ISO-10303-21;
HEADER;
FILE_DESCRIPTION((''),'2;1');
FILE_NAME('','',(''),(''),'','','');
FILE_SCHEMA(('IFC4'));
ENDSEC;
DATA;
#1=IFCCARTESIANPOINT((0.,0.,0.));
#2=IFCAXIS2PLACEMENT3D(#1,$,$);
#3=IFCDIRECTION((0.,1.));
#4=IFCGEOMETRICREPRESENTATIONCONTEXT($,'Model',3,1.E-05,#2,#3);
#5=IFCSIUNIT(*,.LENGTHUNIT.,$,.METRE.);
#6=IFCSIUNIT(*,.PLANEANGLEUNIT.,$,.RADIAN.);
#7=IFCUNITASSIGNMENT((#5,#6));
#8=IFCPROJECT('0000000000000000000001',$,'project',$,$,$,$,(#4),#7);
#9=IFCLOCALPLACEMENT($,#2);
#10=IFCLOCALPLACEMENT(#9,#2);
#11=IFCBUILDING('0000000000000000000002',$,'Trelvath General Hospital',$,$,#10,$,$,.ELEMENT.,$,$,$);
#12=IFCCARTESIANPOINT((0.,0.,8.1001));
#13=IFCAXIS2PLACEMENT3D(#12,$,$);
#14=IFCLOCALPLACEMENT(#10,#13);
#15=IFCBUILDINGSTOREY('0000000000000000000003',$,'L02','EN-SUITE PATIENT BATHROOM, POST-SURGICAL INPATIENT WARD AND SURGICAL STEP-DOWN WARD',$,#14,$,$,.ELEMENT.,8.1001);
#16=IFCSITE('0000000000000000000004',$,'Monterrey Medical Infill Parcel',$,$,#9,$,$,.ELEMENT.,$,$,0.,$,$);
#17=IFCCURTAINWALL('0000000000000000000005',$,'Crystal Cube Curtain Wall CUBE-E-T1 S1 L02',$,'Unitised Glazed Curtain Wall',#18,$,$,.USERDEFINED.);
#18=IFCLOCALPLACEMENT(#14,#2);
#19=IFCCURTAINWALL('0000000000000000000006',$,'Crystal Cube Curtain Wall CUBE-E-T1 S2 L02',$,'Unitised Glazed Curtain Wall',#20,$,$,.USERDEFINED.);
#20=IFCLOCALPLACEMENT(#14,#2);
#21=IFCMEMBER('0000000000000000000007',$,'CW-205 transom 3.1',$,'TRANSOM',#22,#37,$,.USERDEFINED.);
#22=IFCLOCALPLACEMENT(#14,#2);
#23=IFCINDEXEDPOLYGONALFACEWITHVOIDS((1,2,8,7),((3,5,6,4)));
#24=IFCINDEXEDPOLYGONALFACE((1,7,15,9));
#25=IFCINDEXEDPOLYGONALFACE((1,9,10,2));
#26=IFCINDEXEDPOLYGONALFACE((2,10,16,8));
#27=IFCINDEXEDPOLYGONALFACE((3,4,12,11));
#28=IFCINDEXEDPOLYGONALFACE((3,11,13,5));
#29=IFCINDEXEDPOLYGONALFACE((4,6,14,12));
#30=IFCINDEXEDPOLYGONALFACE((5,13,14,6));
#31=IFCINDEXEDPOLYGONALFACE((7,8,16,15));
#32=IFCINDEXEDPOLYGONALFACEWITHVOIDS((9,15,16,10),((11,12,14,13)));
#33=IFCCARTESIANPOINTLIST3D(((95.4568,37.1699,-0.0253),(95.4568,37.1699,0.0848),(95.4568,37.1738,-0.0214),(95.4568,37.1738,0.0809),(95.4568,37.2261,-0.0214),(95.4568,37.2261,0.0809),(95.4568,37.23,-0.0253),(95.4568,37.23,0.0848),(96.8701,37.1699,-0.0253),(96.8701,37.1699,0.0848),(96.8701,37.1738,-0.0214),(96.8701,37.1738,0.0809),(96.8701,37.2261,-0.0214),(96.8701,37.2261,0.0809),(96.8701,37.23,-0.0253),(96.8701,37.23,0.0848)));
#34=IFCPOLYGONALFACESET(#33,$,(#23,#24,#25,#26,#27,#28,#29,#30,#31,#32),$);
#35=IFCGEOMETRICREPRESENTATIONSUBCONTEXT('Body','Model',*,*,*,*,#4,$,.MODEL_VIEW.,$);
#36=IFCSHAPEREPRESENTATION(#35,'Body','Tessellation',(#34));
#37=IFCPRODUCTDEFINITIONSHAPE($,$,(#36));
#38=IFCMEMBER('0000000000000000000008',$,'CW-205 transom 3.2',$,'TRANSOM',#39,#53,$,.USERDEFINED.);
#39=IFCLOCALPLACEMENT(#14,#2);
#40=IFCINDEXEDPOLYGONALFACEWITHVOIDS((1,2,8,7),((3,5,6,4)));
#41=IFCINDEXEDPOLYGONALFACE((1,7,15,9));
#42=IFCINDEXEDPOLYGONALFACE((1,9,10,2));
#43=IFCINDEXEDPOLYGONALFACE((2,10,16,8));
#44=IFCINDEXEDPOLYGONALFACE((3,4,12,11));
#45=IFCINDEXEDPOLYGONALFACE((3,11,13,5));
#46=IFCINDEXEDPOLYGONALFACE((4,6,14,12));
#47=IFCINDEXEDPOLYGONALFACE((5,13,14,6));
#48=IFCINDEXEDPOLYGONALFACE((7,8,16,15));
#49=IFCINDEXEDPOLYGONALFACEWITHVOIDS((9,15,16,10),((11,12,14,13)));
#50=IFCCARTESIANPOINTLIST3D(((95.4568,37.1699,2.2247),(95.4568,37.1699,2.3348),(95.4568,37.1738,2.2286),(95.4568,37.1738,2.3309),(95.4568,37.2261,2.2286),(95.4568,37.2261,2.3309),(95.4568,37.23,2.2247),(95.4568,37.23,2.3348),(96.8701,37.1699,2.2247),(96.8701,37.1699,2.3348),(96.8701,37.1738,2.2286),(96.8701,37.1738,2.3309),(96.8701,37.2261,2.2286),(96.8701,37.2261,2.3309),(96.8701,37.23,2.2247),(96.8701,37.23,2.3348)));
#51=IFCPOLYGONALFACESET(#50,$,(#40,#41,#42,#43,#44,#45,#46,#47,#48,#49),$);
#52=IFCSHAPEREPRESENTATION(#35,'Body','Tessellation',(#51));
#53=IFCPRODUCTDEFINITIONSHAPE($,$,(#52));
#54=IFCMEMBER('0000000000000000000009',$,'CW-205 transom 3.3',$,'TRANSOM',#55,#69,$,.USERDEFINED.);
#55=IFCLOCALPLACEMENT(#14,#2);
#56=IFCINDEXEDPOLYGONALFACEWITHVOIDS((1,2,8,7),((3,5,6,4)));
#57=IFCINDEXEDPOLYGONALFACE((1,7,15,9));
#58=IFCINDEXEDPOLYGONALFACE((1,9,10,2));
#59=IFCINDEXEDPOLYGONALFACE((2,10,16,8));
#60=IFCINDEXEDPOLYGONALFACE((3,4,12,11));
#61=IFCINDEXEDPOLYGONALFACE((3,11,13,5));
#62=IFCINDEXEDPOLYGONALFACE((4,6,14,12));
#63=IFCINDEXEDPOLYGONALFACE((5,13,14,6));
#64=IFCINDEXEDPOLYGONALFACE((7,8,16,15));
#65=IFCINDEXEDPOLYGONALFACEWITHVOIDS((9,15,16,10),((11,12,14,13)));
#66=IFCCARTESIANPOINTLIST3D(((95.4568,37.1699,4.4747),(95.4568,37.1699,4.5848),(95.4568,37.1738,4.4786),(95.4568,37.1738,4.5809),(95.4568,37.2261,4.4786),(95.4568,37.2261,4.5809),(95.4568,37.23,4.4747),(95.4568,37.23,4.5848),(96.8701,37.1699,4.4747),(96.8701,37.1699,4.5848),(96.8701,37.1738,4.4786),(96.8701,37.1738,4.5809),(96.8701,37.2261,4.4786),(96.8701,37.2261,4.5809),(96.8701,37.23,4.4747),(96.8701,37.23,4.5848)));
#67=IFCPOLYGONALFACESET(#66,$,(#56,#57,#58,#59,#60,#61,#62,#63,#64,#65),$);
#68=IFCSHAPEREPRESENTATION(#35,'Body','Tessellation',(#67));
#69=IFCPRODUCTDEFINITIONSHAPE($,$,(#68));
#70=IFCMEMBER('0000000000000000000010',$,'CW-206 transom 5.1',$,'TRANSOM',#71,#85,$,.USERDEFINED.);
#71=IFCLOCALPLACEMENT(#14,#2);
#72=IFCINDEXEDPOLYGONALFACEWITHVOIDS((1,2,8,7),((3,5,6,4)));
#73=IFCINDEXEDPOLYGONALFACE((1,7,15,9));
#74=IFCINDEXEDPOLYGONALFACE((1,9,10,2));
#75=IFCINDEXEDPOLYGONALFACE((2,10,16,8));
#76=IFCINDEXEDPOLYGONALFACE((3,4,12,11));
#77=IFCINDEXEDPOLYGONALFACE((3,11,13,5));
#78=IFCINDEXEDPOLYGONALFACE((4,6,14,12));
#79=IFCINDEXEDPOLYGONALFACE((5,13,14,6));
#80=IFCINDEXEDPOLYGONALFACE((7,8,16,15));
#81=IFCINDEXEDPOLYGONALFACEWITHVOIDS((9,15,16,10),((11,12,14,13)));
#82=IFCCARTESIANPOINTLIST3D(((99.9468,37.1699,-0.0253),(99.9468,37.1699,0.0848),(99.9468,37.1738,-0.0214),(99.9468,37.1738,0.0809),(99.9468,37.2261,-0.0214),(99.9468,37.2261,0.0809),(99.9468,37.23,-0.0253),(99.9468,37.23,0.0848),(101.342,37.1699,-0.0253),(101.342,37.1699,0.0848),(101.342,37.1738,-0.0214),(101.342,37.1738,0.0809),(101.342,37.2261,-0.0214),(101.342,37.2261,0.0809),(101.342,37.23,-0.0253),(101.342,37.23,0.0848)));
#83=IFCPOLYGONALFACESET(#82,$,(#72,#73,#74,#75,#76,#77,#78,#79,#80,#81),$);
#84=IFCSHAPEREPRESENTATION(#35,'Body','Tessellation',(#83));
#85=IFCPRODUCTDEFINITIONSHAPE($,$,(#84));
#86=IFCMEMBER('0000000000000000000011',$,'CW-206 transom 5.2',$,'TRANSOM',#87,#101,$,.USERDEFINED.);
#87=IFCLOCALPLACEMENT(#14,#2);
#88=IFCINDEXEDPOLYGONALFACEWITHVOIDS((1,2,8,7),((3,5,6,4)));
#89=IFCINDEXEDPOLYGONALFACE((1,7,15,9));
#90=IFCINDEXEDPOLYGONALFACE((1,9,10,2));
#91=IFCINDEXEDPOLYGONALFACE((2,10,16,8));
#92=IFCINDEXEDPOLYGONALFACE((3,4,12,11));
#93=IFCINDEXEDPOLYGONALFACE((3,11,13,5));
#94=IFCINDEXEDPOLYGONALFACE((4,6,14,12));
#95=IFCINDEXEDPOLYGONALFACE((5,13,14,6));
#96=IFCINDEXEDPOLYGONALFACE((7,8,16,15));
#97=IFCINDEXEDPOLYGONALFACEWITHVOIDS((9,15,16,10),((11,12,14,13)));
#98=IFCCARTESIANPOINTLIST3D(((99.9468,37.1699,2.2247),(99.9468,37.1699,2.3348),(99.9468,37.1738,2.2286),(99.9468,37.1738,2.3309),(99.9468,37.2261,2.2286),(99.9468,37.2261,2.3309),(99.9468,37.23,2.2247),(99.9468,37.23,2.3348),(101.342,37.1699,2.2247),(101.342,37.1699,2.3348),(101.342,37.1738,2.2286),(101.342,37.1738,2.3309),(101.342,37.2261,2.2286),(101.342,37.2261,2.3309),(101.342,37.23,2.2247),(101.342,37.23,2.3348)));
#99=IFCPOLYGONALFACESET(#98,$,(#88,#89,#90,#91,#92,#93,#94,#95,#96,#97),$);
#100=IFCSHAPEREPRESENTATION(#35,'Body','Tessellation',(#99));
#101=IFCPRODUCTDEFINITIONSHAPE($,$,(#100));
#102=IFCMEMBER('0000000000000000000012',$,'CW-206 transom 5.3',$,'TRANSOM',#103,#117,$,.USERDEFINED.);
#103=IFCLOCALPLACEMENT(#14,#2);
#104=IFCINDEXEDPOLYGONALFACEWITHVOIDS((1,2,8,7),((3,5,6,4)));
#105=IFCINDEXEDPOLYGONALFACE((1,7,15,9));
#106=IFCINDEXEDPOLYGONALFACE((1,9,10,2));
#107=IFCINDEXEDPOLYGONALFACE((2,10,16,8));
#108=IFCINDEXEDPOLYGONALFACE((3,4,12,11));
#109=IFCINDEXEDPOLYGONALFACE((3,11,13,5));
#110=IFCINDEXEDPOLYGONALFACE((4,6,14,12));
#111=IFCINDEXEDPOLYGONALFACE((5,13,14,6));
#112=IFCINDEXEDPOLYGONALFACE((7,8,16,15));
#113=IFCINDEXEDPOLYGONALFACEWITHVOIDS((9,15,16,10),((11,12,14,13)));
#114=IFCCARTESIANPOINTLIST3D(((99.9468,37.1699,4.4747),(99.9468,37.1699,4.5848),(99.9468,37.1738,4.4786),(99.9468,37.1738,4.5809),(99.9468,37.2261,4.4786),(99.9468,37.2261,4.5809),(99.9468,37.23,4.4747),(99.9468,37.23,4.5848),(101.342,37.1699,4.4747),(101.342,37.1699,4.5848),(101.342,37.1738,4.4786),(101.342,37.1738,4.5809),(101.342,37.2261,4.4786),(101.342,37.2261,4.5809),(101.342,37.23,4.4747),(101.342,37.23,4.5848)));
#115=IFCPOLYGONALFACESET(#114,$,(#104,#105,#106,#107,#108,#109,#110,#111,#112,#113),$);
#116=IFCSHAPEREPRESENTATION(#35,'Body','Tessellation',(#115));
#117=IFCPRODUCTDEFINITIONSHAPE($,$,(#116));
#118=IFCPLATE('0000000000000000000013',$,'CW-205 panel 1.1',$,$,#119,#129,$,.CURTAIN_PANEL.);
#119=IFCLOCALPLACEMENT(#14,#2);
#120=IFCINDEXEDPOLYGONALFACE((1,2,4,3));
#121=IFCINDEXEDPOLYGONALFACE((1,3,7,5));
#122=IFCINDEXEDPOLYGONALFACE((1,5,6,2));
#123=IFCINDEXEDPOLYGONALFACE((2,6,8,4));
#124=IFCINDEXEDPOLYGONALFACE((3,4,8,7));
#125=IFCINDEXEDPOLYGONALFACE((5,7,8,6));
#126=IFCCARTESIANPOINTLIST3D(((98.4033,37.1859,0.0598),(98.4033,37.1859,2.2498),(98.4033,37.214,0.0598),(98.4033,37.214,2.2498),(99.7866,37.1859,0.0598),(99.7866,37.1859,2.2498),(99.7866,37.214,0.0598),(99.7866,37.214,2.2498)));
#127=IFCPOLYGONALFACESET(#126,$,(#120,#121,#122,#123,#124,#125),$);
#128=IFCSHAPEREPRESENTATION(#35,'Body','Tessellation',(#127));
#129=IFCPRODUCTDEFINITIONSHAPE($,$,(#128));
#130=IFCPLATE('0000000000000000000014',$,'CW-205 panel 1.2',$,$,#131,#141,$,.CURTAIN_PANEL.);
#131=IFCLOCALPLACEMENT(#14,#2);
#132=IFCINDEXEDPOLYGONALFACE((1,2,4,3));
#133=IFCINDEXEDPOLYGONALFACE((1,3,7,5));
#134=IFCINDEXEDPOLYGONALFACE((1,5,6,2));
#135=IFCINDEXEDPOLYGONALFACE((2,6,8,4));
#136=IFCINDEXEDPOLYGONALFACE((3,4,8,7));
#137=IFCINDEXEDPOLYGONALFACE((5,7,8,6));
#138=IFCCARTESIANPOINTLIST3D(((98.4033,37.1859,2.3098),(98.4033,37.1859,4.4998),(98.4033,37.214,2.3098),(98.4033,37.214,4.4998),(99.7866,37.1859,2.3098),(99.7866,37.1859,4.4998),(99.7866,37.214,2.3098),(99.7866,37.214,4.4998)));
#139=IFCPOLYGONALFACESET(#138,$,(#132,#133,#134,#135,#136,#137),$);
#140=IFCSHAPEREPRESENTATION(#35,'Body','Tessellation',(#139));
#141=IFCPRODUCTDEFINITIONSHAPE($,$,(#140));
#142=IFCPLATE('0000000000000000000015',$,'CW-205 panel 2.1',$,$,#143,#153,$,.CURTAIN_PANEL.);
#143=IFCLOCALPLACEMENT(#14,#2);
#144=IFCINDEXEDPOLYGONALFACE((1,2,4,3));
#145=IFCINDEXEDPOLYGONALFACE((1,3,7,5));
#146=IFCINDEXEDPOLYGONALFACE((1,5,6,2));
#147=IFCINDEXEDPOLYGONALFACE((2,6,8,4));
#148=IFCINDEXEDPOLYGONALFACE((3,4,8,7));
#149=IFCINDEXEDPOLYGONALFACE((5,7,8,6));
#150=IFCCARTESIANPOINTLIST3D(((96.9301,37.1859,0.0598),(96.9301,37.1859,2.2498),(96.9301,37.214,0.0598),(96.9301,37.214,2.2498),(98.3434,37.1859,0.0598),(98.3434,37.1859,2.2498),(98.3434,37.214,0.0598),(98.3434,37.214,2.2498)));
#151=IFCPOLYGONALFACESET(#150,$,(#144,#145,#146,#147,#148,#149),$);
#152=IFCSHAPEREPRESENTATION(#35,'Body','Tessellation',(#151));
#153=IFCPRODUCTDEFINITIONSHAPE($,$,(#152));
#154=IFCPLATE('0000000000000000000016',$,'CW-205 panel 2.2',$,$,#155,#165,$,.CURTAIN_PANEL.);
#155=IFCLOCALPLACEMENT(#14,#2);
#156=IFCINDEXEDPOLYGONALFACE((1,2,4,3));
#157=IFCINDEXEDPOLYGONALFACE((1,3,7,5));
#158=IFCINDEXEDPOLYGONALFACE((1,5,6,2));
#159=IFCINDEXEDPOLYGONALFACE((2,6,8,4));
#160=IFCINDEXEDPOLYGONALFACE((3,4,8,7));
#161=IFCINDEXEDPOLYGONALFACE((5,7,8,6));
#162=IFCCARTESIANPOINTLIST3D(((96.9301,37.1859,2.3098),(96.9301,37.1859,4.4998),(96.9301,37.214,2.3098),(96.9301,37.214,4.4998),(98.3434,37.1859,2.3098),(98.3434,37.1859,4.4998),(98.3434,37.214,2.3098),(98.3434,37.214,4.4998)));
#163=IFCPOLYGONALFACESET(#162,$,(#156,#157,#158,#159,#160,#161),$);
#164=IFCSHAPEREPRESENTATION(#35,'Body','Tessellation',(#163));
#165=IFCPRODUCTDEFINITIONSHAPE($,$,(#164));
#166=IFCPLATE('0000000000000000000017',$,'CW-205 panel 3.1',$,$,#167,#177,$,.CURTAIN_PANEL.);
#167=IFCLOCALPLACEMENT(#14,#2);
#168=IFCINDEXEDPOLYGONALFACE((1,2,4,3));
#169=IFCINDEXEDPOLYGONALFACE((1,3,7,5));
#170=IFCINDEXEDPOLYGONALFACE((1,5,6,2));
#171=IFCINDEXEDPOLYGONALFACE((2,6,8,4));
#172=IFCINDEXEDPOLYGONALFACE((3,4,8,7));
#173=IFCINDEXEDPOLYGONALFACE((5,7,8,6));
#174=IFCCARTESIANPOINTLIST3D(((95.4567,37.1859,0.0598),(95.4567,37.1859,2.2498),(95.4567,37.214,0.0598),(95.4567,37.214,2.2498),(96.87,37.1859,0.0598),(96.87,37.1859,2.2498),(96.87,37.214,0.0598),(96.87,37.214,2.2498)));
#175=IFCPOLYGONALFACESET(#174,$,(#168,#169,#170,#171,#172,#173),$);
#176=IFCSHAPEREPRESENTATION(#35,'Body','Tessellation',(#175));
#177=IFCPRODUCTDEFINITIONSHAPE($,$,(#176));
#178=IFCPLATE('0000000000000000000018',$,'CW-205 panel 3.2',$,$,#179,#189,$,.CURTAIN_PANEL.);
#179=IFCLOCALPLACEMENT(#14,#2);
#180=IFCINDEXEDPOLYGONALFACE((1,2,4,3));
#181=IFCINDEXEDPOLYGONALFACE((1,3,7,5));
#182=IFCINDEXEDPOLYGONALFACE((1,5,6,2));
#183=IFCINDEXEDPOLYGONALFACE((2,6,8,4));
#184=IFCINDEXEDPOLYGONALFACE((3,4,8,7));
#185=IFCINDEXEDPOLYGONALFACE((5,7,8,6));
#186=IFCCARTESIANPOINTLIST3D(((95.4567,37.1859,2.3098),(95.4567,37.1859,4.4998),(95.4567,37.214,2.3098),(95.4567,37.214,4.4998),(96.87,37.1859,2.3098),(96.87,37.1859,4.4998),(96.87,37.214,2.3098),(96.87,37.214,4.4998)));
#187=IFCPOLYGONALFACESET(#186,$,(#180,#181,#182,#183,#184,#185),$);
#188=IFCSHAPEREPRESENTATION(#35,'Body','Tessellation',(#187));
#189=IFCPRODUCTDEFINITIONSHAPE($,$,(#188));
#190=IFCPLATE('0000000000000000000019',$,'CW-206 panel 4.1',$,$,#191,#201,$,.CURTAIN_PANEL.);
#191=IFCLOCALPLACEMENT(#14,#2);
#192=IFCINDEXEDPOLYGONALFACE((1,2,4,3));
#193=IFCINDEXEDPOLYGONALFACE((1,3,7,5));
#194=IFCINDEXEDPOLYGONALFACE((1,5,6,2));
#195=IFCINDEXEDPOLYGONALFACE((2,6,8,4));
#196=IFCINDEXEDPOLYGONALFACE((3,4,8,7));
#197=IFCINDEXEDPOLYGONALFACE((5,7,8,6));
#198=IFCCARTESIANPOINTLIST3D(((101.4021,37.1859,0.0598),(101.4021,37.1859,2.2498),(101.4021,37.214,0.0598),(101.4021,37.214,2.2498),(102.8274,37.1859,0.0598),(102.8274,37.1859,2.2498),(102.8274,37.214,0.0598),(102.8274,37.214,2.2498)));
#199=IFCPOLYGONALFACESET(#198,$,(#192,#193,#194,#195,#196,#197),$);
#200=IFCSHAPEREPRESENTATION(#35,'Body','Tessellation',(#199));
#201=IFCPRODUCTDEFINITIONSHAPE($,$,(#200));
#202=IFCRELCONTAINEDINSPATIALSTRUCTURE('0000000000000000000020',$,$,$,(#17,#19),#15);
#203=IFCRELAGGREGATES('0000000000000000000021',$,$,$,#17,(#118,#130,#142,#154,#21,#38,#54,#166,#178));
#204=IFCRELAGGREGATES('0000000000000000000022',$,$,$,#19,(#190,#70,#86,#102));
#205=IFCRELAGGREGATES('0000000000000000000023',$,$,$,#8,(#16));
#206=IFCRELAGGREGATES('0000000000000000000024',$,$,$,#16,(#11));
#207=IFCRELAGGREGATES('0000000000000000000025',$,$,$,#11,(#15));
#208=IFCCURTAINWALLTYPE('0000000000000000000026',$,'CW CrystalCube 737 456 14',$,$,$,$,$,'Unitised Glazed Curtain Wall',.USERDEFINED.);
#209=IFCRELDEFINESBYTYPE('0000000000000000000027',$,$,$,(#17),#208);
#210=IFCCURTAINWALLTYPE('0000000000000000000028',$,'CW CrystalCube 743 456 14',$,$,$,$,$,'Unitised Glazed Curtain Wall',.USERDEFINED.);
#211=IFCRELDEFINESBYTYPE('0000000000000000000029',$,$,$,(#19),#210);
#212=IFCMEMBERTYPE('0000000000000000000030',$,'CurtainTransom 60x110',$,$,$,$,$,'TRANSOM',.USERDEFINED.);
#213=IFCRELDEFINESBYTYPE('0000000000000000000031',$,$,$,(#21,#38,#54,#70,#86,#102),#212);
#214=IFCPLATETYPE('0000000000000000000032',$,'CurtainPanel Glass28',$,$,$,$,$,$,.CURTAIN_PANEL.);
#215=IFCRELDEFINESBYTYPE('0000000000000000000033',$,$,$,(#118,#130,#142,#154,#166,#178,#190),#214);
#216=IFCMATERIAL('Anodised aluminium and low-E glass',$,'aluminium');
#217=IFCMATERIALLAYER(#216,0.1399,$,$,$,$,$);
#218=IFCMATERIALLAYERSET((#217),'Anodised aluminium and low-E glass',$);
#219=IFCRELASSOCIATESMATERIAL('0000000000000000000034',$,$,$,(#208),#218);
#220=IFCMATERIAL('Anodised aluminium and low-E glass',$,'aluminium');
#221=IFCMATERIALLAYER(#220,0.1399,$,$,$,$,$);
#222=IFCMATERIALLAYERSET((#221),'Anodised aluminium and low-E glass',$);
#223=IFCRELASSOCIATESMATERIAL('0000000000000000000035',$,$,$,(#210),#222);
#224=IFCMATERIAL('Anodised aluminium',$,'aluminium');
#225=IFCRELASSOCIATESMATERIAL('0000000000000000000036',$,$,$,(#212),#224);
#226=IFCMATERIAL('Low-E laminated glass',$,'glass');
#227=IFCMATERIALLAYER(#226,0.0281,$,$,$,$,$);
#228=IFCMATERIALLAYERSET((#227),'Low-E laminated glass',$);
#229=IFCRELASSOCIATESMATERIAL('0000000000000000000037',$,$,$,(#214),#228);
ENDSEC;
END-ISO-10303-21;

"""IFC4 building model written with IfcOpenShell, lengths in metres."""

from ifc_helpers import new_model, si_unit, direction, frame, origin, origin_2d, place, context, subcontext, project, spatial, rectangle, hollow_rectangle, extrude, material, layer, layer_set, material_profile, profile_set, type_object, element, aggregate, save


model = new_model("IFC4")

# Units and contexts
model_context = context("Model", 3, precision=1e-05, world=origin(), true_north=direction((0.0, 1.0)))
body_context = subcontext(model_context, "Body", "Model", "MODEL_VIEW")
ifc_project = project(units=[si_unit("LENGTHUNIT", "METRE"), si_unit("PLANEANGLEUNIT", "RADIAN")], contexts=[model_context])

# Site, building, storey
site_placement = place(None, origin())
site = spatial("IfcSite", under=ifc_project, at=site_placement, Name="Monterrey Medical Infill Parcel", CompositionType="ELEMENT", RefElevation=0.0)
building_placement = place(site_placement, origin())
building = spatial("IfcBuilding", under=site, at=building_placement, Name="Trelvath General Hospital", CompositionType="ELEMENT")
storey_placement = place(building_placement, frame((0.0, 0.0, 8.1001)))
storey = spatial("IfcBuildingStorey", under=building, at=storey_placement, Name="L02", Description="EN-SUITE PATIENT BATHROOM, POST-SURGICAL INPATIENT WARD AND SURGICAL STEP-DOWN WARD", CompositionType="ELEMENT", Elevation=8.1001)

# Curtain walls
ifc_material_1 = material(Name="Anodised aluminium and low-E glass", Category="aluminium")
ifc_layer_1 = layer(ifc_material_1, 0.1399)
ifc_layer_set_1 = layer_set([ifc_layer_1], Name="Anodised aluminium and low-E glass")
curtain_wall_type_1 = type_object("IfcCurtainWallType", Name="CW CrystalCube 737 456 14", ElementType="Unitised Glazed Curtain Wall", PredefinedType="USERDEFINED", material=ifc_layer_set_1)
curtain_wall_1_placement = place(storey_placement, origin())
curtain_wall_1 = element("IfcCurtainWall", 1, at=curtain_wall_1_placement, inside=storey, type_object=curtain_wall_type_1, Name="Crystal Cube Curtain Wall CUBE-E-T1 S1 L02", ObjectType="Unitised Glazed Curtain Wall", PredefinedType="USERDEFINED")
ifc_material_2 = material(Name="Anodised aluminium and low-E glass", Category="aluminium")
ifc_layer_2 = layer(ifc_material_2, 0.1399)
ifc_layer_set_2 = layer_set([ifc_layer_2], Name="Anodised aluminium and low-E glass")
curtain_wall_type_2 = type_object("IfcCurtainWallType", Name="CW CrystalCube 743 456 14", ElementType="Unitised Glazed Curtain Wall", PredefinedType="USERDEFINED", material=ifc_layer_set_2)
curtain_wall_2_placement = place(storey_placement, origin())
curtain_wall_2 = element("IfcCurtainWall", 2, at=curtain_wall_2_placement, inside=storey, type_object=curtain_wall_type_2, Name="Crystal Cube Curtain Wall CUBE-E-T1 S2 L02", ObjectType="Unitised Glazed Curtain Wall", PredefinedType="USERDEFINED")

# Members
ifc_material_3 = material(Name="Anodised aluminium", Category="aluminium")
ifc_material_profile_1 = material_profile(ifc_material_3, hollow_rectangle(XDim=0.0601, YDim=0.1101, WallThickness=0.0039, at=origin_2d()), Name="RHS60x110x4")
ifc_profile_set_1 = profile_set([ifc_material_profile_1], Name="Anodised aluminium")
member_type_1 = type_object("IfcMemberType", Name="CurtainTransom 60x110", ElementType="TRANSOM", PredefinedType="USERDEFINED", material=ifc_profile_set_1)
member_1_placement = place(storey_placement, frame((96.8701, 37.2, 0.0298), z_axis=(-1.0, 0.0, 0.0), x_axis=(0.0, -1.0, 0.0)))
member_1 = element("IfcMember", 3, at=member_1_placement, type_object=member_type_1, Name="CW-205 transom 3.1", ObjectType="TRANSOM", PredefinedType="USERDEFINED", context=body_context, shape_type="SweptSolid", body=[
    extrude(hollow_rectangle(XDim=0.0601, YDim=0.1101, WallThickness=0.0039, at=origin_2d()), origin(), (0.0, 0.0, 1.0), 1.4133),
])
member_2_placement = place(storey_placement, frame((96.8701, 37.2, 2.2798), z_axis=(-1.0, 0.0, 0.0), x_axis=(0.0, -1.0, 0.0)))
member_2 = element("IfcMember", 4, at=member_2_placement, type_object=member_type_1, Name="CW-205 transom 3.2", ObjectType="TRANSOM", PredefinedType="USERDEFINED", context=body_context, shape_type="SweptSolid", body=[
    extrude(hollow_rectangle(XDim=0.0601, YDim=0.1101, WallThickness=0.0039, at=origin_2d()), origin(), (0.0, 0.0, 1.0), 1.4133),
])
member_3_placement = place(storey_placement, frame((96.8701, 37.2, 4.5298), z_axis=(-1.0, 0.0, 0.0), x_axis=(0.0, -1.0, 0.0)))
member_3 = element("IfcMember", 5, at=member_3_placement, type_object=member_type_1, Name="CW-205 transom 3.3", ObjectType="TRANSOM", PredefinedType="USERDEFINED", context=body_context, shape_type="SweptSolid", body=[
    extrude(hollow_rectangle(XDim=0.0601, YDim=0.1101, WallThickness=0.0039, at=origin_2d()), origin(), (0.0, 0.0, 1.0), 1.4133),
])
member_4_placement = place(storey_placement, frame((101.342, 37.2, 0.0298), z_axis=(-1.0, 0.0, 0.0), x_axis=(0.0, -1.0, 0.0)))
member_4 = element("IfcMember", 6, at=member_4_placement, type_object=member_type_1, Name="CW-206 transom 5.1", ObjectType="TRANSOM", PredefinedType="USERDEFINED", context=body_context, shape_type="SweptSolid", body=[
    extrude(hollow_rectangle(XDim=0.0601, YDim=0.1101, WallThickness=0.0039, at=origin_2d()), origin(), (0.0, 0.0, 1.0), 1.3953),
])
member_5_placement = place(storey_placement, frame((101.342, 37.2, 2.2798), z_axis=(-1.0, 0.0, 0.0), x_axis=(0.0, -1.0, 0.0)))
member_5 = element("IfcMember", 7, at=member_5_placement, type_object=member_type_1, Name="CW-206 transom 5.2", ObjectType="TRANSOM", PredefinedType="USERDEFINED", context=body_context, shape_type="SweptSolid", body=[
    extrude(hollow_rectangle(XDim=0.0601, YDim=0.1101, WallThickness=0.0039, at=origin_2d()), origin(), (0.0, 0.0, 1.0), 1.3953),
])
member_6_placement = place(storey_placement, frame((101.342, 37.2, 4.5298), z_axis=(-1.0, 0.0, 0.0), x_axis=(0.0, -1.0, 0.0)))
member_6 = element("IfcMember", 8, at=member_6_placement, type_object=member_type_1, Name="CW-206 transom 5.3", ObjectType="TRANSOM", PredefinedType="USERDEFINED", context=body_context, shape_type="SweptSolid", body=[
    extrude(hollow_rectangle(XDim=0.0601, YDim=0.1101, WallThickness=0.0039, at=origin_2d()), origin(), (0.0, 0.0, 1.0), 1.3953),
])

# Plates
ifc_material_4 = material(Name="Low-E laminated glass", Category="glass")
ifc_layer_3 = layer(ifc_material_4, 0.0281)
ifc_layer_set_3 = layer_set([ifc_layer_3], Name="Low-E laminated glass")
plate_type = type_object("IfcPlateType", Name="CurtainPanel Glass28", PredefinedType="CURTAIN_PANEL", material=ifc_layer_set_3)
plate_1_placement = place(storey_placement, frame((99.095, 37.2, 0.0598), z_axis=(0.0, 0.0, 1.0), x_axis=(-1.0, 0.0, 0.0)))
plate_1 = element("IfcPlate", 9, at=plate_1_placement, type_object=plate_type, Name="CW-205 panel 1.1", PredefinedType="CURTAIN_PANEL", context=body_context, shape_type="SweptSolid", body=[
    extrude(rectangle(XDim=1.3833, YDim=0.0281, at=origin_2d()), origin(), (0.0, 0.0, 1.0), 2.1899),
])
plate_2_placement = place(storey_placement, frame((99.095, 37.2, 2.3098), z_axis=(0.0, 0.0, 1.0), x_axis=(-1.0, 0.0, 0.0)))
plate_2 = element("IfcPlate", 10, at=plate_2_placement, type_object=plate_type, Name="CW-205 panel 1.2", PredefinedType="CURTAIN_PANEL", context=body_context, shape_type="SweptSolid", body=[
    extrude(rectangle(XDim=1.3833, YDim=0.0281, at=origin_2d()), origin(), (0.0, 0.0, 1.0), 2.1899),
])
plate_3_placement = place(storey_placement, frame((97.6367, 37.2, 0.0598), z_axis=(0.0, 0.0, 1.0), x_axis=(-1.0, 0.0, 0.0)))
plate_3 = element("IfcPlate", 11, at=plate_3_placement, type_object=plate_type, Name="CW-205 panel 2.1", PredefinedType="CURTAIN_PANEL", context=body_context, shape_type="SweptSolid", body=[
    extrude(rectangle(XDim=1.4133, YDim=0.0281, at=origin_2d()), origin(), (0.0, 0.0, 1.0), 2.1899),
])
plate_4_placement = place(storey_placement, frame((97.6367, 37.2, 2.3098), z_axis=(0.0, 0.0, 1.0), x_axis=(-1.0, 0.0, 0.0)))
plate_4 = element("IfcPlate", 12, at=plate_4_placement, type_object=plate_type, Name="CW-205 panel 2.2", PredefinedType="CURTAIN_PANEL", context=body_context, shape_type="SweptSolid", body=[
    extrude(rectangle(XDim=1.4133, YDim=0.0281, at=origin_2d()), origin(), (0.0, 0.0, 1.0), 2.1899),
])
plate_5_placement = place(storey_placement, frame((96.1633, 37.2, 0.0598), z_axis=(0.0, 0.0, 1.0), x_axis=(-1.0, 0.0, 0.0)))
plate_5 = element("IfcPlate", 13, at=plate_5_placement, type_object=plate_type, Name="CW-205 panel 3.1", PredefinedType="CURTAIN_PANEL", context=body_context, shape_type="SweptSolid", body=[
    extrude(rectangle(XDim=1.4133, YDim=0.0281, at=origin_2d()), origin(), (0.0, 0.0, 1.0), 2.1899),
])
plate_6_placement = place(storey_placement, frame((96.1633, 37.2, 2.3098), z_axis=(0.0, 0.0, 1.0), x_axis=(-1.0, 0.0, 0.0)))
plate_6 = element("IfcPlate", 14, at=plate_6_placement, type_object=plate_type, Name="CW-205 panel 3.2", PredefinedType="CURTAIN_PANEL", context=body_context, shape_type="SweptSolid", body=[
    extrude(rectangle(XDim=1.4133, YDim=0.0281, at=origin_2d()), origin(), (0.0, 0.0, 1.0), 2.1899),
])
aggregate(curtain_wall_1, [plate_1, plate_2, plate_3, plate_4, member_1, member_2, member_3, plate_5, plate_6])
plate_7_placement = place(storey_placement, frame((102.1147, 37.2, 0.0598), z_axis=(0.0, 0.0, 1.0), x_axis=(-1.0, 0.0, 0.0)))
plate_7 = element("IfcPlate", 15, at=plate_7_placement, type_object=plate_type, Name="CW-206 panel 4.1", PredefinedType="CURTAIN_PANEL", context=body_context, shape_type="SweptSolid", body=[
    extrude(rectangle(XDim=1.4253, YDim=0.0281, at=origin_2d()), origin(), (0.0, 0.0, 1.0), 2.1899),
])
aggregate(curtain_wall_2, [plate_7, member_4, member_5, member_6])

save(model, "model.ifc")
